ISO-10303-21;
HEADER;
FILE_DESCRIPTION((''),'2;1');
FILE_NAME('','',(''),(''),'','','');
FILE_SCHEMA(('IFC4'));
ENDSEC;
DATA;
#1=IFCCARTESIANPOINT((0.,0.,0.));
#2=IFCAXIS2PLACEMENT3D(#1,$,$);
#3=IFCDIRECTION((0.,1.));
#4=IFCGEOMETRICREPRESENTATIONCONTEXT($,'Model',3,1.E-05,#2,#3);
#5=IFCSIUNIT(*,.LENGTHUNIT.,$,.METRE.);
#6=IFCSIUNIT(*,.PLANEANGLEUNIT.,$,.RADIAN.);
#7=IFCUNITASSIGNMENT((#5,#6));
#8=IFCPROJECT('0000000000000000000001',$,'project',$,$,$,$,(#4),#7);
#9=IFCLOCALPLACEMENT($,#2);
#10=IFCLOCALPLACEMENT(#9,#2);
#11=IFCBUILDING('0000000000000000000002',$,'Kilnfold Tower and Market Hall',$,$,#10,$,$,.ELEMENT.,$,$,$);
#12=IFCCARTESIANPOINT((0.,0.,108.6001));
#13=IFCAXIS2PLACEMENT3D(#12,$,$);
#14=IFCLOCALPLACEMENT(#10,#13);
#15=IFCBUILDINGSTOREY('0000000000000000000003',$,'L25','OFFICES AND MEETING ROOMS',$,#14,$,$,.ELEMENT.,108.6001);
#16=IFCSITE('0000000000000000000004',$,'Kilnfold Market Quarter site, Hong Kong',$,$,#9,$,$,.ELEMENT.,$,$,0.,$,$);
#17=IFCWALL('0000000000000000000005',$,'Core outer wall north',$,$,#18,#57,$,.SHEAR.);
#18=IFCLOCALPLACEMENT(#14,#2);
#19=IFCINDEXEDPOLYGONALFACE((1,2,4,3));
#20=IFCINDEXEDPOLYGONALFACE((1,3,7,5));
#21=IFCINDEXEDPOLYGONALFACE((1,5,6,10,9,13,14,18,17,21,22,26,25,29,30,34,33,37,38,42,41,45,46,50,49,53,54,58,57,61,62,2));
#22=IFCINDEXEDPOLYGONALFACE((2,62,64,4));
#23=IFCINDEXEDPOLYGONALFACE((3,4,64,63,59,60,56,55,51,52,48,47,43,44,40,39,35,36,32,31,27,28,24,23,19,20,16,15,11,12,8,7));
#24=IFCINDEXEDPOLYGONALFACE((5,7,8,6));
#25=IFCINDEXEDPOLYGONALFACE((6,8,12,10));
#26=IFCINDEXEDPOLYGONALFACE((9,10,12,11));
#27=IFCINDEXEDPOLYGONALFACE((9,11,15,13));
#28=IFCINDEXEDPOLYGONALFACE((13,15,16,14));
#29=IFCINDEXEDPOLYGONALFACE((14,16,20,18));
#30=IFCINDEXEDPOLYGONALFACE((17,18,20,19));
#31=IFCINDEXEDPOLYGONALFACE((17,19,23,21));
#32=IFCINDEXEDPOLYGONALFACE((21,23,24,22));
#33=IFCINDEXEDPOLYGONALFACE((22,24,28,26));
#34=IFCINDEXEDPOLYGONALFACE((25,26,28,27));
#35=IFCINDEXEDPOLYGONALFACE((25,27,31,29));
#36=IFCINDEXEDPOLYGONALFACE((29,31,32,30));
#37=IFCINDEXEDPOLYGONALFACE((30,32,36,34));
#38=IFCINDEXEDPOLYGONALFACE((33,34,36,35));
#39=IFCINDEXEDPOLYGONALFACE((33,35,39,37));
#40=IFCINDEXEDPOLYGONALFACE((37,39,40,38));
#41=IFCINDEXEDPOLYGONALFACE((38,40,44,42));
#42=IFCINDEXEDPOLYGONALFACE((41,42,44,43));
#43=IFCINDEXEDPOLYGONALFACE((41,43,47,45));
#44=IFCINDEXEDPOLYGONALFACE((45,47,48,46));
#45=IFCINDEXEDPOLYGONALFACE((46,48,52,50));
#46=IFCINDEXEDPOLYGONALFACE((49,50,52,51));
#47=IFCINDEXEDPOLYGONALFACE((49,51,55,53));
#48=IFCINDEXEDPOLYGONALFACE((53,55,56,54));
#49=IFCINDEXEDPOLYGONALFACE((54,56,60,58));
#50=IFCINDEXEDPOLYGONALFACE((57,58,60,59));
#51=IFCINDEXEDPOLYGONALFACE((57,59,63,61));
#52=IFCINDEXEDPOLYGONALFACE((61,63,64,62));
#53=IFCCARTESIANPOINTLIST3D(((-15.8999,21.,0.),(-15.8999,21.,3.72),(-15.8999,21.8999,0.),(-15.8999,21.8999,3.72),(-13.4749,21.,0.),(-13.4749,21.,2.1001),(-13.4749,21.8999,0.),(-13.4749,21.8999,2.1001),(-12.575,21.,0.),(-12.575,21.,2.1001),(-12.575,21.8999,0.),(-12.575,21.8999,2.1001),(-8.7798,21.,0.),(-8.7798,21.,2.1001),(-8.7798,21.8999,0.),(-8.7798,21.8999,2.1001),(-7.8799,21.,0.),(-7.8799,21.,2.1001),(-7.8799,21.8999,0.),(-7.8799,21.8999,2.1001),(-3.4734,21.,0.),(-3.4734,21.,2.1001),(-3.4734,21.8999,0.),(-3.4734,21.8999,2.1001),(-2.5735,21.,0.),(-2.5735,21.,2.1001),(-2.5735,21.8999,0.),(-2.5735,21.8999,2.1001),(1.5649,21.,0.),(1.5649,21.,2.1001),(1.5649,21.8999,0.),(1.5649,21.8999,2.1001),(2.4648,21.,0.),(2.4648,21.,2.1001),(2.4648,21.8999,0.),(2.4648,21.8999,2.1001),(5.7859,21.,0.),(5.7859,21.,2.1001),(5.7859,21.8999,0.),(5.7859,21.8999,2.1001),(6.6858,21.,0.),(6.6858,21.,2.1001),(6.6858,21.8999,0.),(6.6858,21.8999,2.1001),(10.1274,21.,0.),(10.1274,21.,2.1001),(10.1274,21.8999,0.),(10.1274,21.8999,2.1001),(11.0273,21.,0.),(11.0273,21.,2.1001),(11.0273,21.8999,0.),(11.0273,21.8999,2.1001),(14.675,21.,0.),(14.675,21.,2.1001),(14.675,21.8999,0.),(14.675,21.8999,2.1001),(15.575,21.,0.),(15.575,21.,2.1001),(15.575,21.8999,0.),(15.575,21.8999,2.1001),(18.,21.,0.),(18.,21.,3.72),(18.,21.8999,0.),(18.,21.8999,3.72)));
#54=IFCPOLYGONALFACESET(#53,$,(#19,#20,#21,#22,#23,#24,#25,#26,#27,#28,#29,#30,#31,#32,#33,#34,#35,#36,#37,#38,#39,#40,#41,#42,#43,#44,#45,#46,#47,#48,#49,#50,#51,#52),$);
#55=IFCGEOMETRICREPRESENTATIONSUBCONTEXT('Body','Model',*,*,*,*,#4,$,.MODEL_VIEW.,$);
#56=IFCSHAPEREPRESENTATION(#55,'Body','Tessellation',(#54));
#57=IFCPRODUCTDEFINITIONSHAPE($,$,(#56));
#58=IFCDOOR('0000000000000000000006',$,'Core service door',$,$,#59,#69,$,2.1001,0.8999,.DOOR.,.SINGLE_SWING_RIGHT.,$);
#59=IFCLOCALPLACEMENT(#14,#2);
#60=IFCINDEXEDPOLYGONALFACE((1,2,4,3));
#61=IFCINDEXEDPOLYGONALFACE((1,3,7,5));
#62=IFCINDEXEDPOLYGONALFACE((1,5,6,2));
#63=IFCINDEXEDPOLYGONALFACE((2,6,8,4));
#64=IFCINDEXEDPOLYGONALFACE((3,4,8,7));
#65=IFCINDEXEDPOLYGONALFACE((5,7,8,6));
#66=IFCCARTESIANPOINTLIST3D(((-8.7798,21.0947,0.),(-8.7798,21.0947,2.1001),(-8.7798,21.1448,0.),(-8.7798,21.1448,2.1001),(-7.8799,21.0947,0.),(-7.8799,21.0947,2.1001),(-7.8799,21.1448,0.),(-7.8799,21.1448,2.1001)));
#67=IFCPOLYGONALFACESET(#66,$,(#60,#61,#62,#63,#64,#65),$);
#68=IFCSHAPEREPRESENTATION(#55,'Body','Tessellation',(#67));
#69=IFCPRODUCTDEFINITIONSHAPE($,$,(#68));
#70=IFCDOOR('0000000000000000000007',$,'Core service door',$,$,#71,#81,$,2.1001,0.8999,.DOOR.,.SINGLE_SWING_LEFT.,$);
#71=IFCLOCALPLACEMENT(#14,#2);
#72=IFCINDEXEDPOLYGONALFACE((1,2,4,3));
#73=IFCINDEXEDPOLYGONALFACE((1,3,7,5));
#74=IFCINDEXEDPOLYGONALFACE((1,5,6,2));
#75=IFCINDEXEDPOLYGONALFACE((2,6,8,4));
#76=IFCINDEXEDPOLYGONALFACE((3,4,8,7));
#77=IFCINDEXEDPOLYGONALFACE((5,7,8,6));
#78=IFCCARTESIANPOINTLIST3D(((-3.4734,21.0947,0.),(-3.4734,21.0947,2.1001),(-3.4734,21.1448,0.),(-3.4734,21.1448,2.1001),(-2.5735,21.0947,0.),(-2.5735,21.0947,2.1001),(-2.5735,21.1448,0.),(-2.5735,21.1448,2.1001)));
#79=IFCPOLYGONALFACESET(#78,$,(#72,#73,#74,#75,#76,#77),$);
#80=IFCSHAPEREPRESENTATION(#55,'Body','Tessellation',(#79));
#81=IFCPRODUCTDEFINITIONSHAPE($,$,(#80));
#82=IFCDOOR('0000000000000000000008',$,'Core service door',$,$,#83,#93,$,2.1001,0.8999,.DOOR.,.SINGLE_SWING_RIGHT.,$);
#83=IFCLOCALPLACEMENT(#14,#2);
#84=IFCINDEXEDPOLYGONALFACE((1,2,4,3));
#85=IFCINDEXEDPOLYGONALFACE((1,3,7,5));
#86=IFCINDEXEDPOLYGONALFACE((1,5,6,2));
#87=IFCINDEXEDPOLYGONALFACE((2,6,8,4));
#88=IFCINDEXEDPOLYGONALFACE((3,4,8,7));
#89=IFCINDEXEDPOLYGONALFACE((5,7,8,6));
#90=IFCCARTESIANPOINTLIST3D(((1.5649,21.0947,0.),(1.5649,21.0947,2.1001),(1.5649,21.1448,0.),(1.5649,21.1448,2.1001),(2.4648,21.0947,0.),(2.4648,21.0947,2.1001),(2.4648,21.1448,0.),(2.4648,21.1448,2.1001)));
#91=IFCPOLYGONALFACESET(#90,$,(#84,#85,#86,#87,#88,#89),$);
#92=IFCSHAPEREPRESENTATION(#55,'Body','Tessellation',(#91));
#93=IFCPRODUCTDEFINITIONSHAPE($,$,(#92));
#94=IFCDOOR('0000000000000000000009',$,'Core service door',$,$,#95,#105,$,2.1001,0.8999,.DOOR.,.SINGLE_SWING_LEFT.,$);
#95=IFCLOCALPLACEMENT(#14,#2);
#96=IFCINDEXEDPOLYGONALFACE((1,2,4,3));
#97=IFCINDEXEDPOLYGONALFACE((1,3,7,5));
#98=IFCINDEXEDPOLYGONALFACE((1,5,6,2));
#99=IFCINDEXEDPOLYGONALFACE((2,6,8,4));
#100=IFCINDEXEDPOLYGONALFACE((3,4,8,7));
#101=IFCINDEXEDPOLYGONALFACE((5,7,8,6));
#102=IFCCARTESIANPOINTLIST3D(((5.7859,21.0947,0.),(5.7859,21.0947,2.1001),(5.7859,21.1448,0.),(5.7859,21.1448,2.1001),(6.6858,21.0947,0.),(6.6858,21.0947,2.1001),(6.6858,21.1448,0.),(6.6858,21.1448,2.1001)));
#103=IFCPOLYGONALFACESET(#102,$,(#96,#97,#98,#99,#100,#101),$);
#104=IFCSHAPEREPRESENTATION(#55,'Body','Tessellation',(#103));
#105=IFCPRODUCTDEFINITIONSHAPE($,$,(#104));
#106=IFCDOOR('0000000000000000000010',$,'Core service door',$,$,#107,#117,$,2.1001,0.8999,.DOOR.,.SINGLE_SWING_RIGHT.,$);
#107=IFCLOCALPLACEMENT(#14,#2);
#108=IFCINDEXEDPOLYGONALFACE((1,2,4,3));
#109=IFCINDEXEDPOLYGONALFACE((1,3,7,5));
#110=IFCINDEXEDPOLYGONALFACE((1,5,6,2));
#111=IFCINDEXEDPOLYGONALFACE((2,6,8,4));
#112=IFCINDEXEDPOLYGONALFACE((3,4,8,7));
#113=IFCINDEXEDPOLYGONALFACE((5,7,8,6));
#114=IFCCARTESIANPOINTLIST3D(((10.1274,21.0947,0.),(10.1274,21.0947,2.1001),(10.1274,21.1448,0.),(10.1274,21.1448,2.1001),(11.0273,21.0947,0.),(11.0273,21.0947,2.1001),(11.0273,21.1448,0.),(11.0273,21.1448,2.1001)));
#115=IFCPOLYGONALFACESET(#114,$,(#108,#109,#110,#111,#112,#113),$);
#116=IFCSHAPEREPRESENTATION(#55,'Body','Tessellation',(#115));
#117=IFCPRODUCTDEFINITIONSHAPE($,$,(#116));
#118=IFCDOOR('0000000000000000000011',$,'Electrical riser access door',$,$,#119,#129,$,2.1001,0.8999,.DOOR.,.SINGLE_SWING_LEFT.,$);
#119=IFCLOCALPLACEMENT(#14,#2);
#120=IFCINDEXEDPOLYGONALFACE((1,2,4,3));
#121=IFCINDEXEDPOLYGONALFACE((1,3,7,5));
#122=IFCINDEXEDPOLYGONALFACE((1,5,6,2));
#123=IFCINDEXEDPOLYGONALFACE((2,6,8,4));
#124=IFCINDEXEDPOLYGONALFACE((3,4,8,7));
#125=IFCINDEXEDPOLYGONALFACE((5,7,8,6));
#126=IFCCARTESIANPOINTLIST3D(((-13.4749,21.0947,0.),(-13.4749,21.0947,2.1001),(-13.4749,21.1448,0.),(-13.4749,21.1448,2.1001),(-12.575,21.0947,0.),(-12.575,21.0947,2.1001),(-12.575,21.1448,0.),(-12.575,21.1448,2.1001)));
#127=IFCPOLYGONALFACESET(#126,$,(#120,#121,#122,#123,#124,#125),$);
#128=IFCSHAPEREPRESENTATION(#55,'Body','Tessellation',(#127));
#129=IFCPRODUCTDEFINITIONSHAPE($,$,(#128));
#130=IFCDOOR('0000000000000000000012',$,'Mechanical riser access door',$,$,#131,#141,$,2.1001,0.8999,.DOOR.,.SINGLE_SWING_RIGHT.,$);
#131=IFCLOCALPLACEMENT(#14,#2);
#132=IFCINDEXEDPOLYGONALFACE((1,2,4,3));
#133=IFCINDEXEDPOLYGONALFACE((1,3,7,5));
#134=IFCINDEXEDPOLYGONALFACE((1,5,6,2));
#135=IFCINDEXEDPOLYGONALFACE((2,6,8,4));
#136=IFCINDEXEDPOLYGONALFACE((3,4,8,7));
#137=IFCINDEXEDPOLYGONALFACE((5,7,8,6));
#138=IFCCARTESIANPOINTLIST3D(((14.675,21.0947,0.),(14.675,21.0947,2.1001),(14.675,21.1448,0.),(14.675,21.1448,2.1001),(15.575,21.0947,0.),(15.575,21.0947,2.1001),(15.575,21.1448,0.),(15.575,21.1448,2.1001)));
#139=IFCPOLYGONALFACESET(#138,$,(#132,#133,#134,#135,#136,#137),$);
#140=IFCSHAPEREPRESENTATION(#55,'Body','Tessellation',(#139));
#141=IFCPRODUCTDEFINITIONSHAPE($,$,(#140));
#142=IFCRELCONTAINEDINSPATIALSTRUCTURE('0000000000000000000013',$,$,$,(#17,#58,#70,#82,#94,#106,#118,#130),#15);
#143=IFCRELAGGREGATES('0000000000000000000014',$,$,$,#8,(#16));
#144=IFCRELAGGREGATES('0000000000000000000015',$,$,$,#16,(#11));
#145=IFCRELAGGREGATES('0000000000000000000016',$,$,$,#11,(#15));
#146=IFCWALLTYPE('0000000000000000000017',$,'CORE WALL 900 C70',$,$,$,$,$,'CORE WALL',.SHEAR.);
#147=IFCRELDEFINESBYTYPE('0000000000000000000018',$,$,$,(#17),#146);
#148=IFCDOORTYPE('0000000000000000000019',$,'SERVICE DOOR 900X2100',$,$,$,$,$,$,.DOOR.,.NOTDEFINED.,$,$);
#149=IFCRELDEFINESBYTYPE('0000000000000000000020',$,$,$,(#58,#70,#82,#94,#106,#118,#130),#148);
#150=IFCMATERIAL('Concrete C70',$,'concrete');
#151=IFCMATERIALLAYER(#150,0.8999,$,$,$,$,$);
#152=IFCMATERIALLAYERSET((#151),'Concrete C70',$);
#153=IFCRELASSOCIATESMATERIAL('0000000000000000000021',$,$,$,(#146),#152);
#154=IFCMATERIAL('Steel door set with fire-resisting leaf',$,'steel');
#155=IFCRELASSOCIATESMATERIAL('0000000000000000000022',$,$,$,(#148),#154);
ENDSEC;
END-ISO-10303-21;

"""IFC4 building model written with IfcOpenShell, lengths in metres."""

from ifc_helpers import new_model, si_unit, direction, frame, frame_2d, origin, place, context, subcontext, project, spatial, rectangle, extrude, source, transform, mapped, material, layer, layer_set, type_object, element, fill, save


model = new_model("IFC4")

# Units and contexts
model_context = context("Model", 3, precision=1e-05, world=origin(), true_north=direction((0.0, 1.0)))
body_context = subcontext(model_context, "Body", "Model", "MODEL_VIEW")
ifc_project = project(units=[si_unit("LENGTHUNIT", "METRE"), si_unit("PLANEANGLEUNIT", "RADIAN")], contexts=[model_context])

# Site, building, storey
site_placement = place(None, origin())
site = spatial("IfcSite", under=ifc_project, at=site_placement, Name="Kilnfold Market Quarter site, Hong Kong", CompositionType="ELEMENT", RefElevation=0.0)
building_placement = place(site_placement, origin())
building = spatial("IfcBuilding", under=site, at=building_placement, Name="Kilnfold Tower and Market Hall", CompositionType="ELEMENT")
storey_placement = place(building_placement, frame((0.0, 0.0, 108.6001)))
storey = spatial("IfcBuildingStorey", under=building, at=storey_placement, Name="L25", Description="OFFICES AND MEETING ROOMS", CompositionType="ELEMENT", Elevation=108.6001)

# Wall, openings, doors
ifc_material_1 = material(Name="Concrete C70", Category="concrete")
ifc_layer_1 = layer(ifc_material_1, 0.8999)
ifc_layer_set_1 = layer_set([ifc_layer_1], Name="Concrete C70")
wall_type_1 = type_object("IfcWallType", Name="CORE WALL 900 C70", ElementType="CORE WALL", PredefinedType="SHEAR", material=ifc_layer_set_1)
shared_shape_1 = source(origin(), body_context, "Body", "SweptSolid", [
    extrude(rectangle(XDim=33.8999, YDim=0.8999, at=frame_2d((16.95, 0.0))), origin(), (0.0, 0.0, 1.0), 3.72),
])
wall_1_placement = place(storey_placement, frame((-15.8999, 21.45, 0.0), z_axis=(0.0, 0.0, 1.0), x_axis=(1.0, 0.0, 0.0)))
wall_1 = element("IfcWall", 1, at=wall_1_placement, inside=storey, type_object=wall_type_1, Name="Core outer wall north", PredefinedType="SHEAR", context=body_context, shape_type="MappedRepresentation", body=[
    mapped(shared_shape_1, transform((0.0, 0.0, 0.0))),
])
opening_1_placement = place(wall_1_placement, frame((7.1201, 0.0, 0.0)))
opening_1 = element("IfcOpeningElement", 2, at=opening_1_placement, cuts=wall_1, PredefinedType="OPENING", context=body_context, shape_type="SweptSolid", body=[
    extrude(rectangle(XDim=0.8999, YDim=2.1001, at=frame_2d((0.45, 1.05))), frame((0.0, 0.46, 0.0), z_axis=(0.0, -1.0, 0.0), x_axis=(1.0, 0.0, 0.0)), (0.0, 0.0, 1.0), 0.9199),
])
opening_2_placement = place(wall_1_placement, frame((12.4265, 0.0, 0.0)))
opening_2 = element("IfcOpeningElement", 3, at=opening_2_placement, cuts=wall_1, PredefinedType="OPENING", context=body_context, shape_type="SweptSolid", body=[
    extrude(rectangle(XDim=0.8999, YDim=2.1001, at=frame_2d((0.45, 1.05))), frame((0.0, 0.46, 0.0), z_axis=(0.0, -1.0, 0.0), x_axis=(1.0, 0.0, 0.0)), (0.0, 0.0, 1.0), 0.9199),
])
opening_3_placement = place(wall_1_placement, frame((17.4648, 0.0, 0.0)))
opening_3 = element("IfcOpeningElement", 4, at=opening_3_placement, cuts=wall_1, PredefinedType="OPENING", context=body_context, shape_type="SweptSolid", body=[
    extrude(rectangle(XDim=0.8999, YDim=2.1001, at=frame_2d((0.45, 1.05))), frame((0.0, 0.46, 0.0), z_axis=(0.0, -1.0, 0.0), x_axis=(1.0, 0.0, 0.0)), (0.0, 0.0, 1.0), 0.9199),
])
opening_4_placement = place(wall_1_placement, frame((21.6858, 0.0, 0.0)))
opening_4 = element("IfcOpeningElement", 5, at=opening_4_placement, cuts=wall_1, PredefinedType="OPENING", context=body_context, shape_type="SweptSolid", body=[
    extrude(rectangle(XDim=0.8999, YDim=2.1001, at=frame_2d((0.45, 1.05))), frame((0.0, 0.46, 0.0), z_axis=(0.0, -1.0, 0.0), x_axis=(1.0, 0.0, 0.0)), (0.0, 0.0, 1.0), 0.9199),
])
opening_5_placement = place(wall_1_placement, frame((26.0273, 0.0, 0.0)))
opening_5 = element("IfcOpeningElement", 6, at=opening_5_placement, cuts=wall_1, PredefinedType="OPENING", context=body_context, shape_type="SweptSolid", body=[
    extrude(rectangle(XDim=0.8999, YDim=2.1001, at=frame_2d((0.45, 1.05))), frame((0.0, 0.46, 0.0), z_axis=(0.0, -1.0, 0.0), x_axis=(1.0, 0.0, 0.0)), (0.0, 0.0, 1.0), 0.9199),
])
opening_6_placement = place(wall_1_placement, frame((2.425, 0.0, 0.0)))
opening_6 = element("IfcOpeningElement", 7, at=opening_6_placement, cuts=wall_1, PredefinedType="OPENING", context=body_context, shape_type="SweptSolid", body=[
    extrude(rectangle(XDim=0.8999, YDim=2.1001, at=frame_2d((0.45, 1.05))), frame((0.0, 0.46, 0.0), z_axis=(0.0, -1.0, 0.0), x_axis=(1.0, 0.0, 0.0)), (0.0, 0.0, 1.0), 0.9199),
])
opening_7_placement = place(wall_1_placement, frame((30.575, 0.0, 0.0)))
opening_7 = element("IfcOpeningElement", 8, at=opening_7_placement, cuts=wall_1, PredefinedType="OPENING", context=body_context, shape_type="SweptSolid", body=[
    extrude(rectangle(XDim=0.8999, YDim=2.1001, at=frame_2d((0.45, 1.05))), frame((0.0, 0.46, 0.0), z_axis=(0.0, -1.0, 0.0), x_axis=(1.0, 0.0, 0.0)), (0.0, 0.0, 1.0), 0.9199),
])
ifc_material_2 = material(Name="Steel door set with fire-resisting leaf", Category="steel")
door_type = type_object("IfcDoorType", Name="SERVICE DOOR 900X2100", OperationType="NOTDEFINED", PredefinedType="DOOR", material=ifc_material_2)
door_1_placement = place(opening_1_placement, origin())
door_1 = element("IfcDoor", 9, at=door_1_placement, inside=storey, type_object=door_type, Name="Core service door", OperationType="SINGLE_SWING_RIGHT", OverallHeight=2.1001, OverallWidth=0.8999, PredefinedType="DOOR", context=body_context, shape_type="SweptSolid", body=[
    extrude(rectangle(XDim=0.8999, YDim=2.1001, at=frame_2d((0.45, 1.05))), frame((0.0, -0.3052, 0.0), z_axis=(0.0, -1.0, 0.0), x_axis=(1.0, 0.0, 0.0)), (0.0, 0.0, 1.0), 0.05),
])
fill(opening_1, door_1)
door_2_placement = place(opening_2_placement, origin())
door_2 = element("IfcDoor", 10, at=door_2_placement, inside=storey, type_object=door_type, Name="Core service door", OperationType="SINGLE_SWING_LEFT", OverallHeight=2.1001, OverallWidth=0.8999, PredefinedType="DOOR", context=body_context, shape_type="SweptSolid", body=[
    extrude(rectangle(XDim=0.8999, YDim=2.1001, at=frame_2d((0.45, 1.05))), frame((0.0, -0.3052, 0.0), z_axis=(0.0, -1.0, 0.0), x_axis=(1.0, 0.0, 0.0)), (0.0, 0.0, 1.0), 0.05),
])
fill(opening_2, door_2)
door_3_placement = place(opening_3_placement, origin())
door_3 = element("IfcDoor", 11, at=door_3_placement, inside=storey, type_object=door_type, Name="Core service door", OperationType="SINGLE_SWING_RIGHT", OverallHeight=2.1001, OverallWidth=0.8999, PredefinedType="DOOR", context=body_context, shape_type="SweptSolid", body=[
    extrude(rectangle(XDim=0.8999, YDim=2.1001, at=frame_2d((0.45, 1.05))), frame((0.0, -0.3052, 0.0), z_axis=(0.0, -1.0, 0.0), x_axis=(1.0, 0.0, 0.0)), (0.0, 0.0, 1.0), 0.05),
])
fill(opening_3, door_3)
door_4_placement = place(opening_4_placement, origin())
door_4 = element("IfcDoor", 12, at=door_4_placement, inside=storey, type_object=door_type, Name="Core service door", OperationType="SINGLE_SWING_LEFT", OverallHeight=2.1001, OverallWidth=0.8999, PredefinedType="DOOR", context=body_context, shape_type="SweptSolid", body=[
    extrude(rectangle(XDim=0.8999, YDim=2.1001, at=frame_2d((0.45, 1.05))), frame((0.0, -0.3052, 0.0), z_axis=(0.0, -1.0, 0.0), x_axis=(1.0, 0.0, 0.0)), (0.0, 0.0, 1.0), 0.05),
])
fill(opening_4, door_4)
door_5_placement = place(opening_5_placement, origin())
door_5 = element("IfcDoor", 13, at=door_5_placement, inside=storey, type_object=door_type, Name="Core service door", OperationType="SINGLE_SWING_RIGHT", OverallHeight=2.1001, OverallWidth=0.8999, PredefinedType="DOOR", context=body_context, shape_type="SweptSolid", body=[
    extrude(rectangle(XDim=0.8999, YDim=2.1001, at=frame_2d((0.45, 1.05))), frame((0.0, -0.3052, 0.0), z_axis=(0.0, -1.0, 0.0), x_axis=(1.0, 0.0, 0.0)), (0.0, 0.0, 1.0), 0.05),
])
fill(opening_5, door_5)
door_6_placement = place(opening_6_placement, origin())
door_6 = element("IfcDoor", 14, at=door_6_placement, inside=storey, type_object=door_type, Name="Electrical riser access door", OperationType="SINGLE_SWING_LEFT", OverallHeight=2.1001, OverallWidth=0.8999, PredefinedType="DOOR", context=body_context, shape_type="SweptSolid", body=[
    extrude(rectangle(XDim=0.8999, YDim=2.1001, at=frame_2d((0.45, 1.05))), frame((0.0, -0.3052, 0.0), z_axis=(0.0, -1.0, 0.0), x_axis=(1.0, 0.0, 0.0)), (0.0, 0.0, 1.0), 0.05),
])
fill(opening_6, door_6)
door_7_placement = place(opening_7_placement, origin())
door_7 = element("IfcDoor", 15, at=door_7_placement, inside=storey, type_object=door_type, Name="Mechanical riser access door", OperationType="SINGLE_SWING_RIGHT", OverallHeight=2.1001, OverallWidth=0.8999, PredefinedType="DOOR", context=body_context, shape_type="SweptSolid", body=[
    extrude(rectangle(XDim=0.8999, YDim=2.1001, at=frame_2d((0.45, 1.05))), frame((0.0, -0.3052, 0.0), z_axis=(0.0, -1.0, 0.0), x_axis=(1.0, 0.0, 0.0)), (0.0, 0.0, 1.0), 0.05),
])
fill(opening_7, door_7)

save(model, "model.ifc")
